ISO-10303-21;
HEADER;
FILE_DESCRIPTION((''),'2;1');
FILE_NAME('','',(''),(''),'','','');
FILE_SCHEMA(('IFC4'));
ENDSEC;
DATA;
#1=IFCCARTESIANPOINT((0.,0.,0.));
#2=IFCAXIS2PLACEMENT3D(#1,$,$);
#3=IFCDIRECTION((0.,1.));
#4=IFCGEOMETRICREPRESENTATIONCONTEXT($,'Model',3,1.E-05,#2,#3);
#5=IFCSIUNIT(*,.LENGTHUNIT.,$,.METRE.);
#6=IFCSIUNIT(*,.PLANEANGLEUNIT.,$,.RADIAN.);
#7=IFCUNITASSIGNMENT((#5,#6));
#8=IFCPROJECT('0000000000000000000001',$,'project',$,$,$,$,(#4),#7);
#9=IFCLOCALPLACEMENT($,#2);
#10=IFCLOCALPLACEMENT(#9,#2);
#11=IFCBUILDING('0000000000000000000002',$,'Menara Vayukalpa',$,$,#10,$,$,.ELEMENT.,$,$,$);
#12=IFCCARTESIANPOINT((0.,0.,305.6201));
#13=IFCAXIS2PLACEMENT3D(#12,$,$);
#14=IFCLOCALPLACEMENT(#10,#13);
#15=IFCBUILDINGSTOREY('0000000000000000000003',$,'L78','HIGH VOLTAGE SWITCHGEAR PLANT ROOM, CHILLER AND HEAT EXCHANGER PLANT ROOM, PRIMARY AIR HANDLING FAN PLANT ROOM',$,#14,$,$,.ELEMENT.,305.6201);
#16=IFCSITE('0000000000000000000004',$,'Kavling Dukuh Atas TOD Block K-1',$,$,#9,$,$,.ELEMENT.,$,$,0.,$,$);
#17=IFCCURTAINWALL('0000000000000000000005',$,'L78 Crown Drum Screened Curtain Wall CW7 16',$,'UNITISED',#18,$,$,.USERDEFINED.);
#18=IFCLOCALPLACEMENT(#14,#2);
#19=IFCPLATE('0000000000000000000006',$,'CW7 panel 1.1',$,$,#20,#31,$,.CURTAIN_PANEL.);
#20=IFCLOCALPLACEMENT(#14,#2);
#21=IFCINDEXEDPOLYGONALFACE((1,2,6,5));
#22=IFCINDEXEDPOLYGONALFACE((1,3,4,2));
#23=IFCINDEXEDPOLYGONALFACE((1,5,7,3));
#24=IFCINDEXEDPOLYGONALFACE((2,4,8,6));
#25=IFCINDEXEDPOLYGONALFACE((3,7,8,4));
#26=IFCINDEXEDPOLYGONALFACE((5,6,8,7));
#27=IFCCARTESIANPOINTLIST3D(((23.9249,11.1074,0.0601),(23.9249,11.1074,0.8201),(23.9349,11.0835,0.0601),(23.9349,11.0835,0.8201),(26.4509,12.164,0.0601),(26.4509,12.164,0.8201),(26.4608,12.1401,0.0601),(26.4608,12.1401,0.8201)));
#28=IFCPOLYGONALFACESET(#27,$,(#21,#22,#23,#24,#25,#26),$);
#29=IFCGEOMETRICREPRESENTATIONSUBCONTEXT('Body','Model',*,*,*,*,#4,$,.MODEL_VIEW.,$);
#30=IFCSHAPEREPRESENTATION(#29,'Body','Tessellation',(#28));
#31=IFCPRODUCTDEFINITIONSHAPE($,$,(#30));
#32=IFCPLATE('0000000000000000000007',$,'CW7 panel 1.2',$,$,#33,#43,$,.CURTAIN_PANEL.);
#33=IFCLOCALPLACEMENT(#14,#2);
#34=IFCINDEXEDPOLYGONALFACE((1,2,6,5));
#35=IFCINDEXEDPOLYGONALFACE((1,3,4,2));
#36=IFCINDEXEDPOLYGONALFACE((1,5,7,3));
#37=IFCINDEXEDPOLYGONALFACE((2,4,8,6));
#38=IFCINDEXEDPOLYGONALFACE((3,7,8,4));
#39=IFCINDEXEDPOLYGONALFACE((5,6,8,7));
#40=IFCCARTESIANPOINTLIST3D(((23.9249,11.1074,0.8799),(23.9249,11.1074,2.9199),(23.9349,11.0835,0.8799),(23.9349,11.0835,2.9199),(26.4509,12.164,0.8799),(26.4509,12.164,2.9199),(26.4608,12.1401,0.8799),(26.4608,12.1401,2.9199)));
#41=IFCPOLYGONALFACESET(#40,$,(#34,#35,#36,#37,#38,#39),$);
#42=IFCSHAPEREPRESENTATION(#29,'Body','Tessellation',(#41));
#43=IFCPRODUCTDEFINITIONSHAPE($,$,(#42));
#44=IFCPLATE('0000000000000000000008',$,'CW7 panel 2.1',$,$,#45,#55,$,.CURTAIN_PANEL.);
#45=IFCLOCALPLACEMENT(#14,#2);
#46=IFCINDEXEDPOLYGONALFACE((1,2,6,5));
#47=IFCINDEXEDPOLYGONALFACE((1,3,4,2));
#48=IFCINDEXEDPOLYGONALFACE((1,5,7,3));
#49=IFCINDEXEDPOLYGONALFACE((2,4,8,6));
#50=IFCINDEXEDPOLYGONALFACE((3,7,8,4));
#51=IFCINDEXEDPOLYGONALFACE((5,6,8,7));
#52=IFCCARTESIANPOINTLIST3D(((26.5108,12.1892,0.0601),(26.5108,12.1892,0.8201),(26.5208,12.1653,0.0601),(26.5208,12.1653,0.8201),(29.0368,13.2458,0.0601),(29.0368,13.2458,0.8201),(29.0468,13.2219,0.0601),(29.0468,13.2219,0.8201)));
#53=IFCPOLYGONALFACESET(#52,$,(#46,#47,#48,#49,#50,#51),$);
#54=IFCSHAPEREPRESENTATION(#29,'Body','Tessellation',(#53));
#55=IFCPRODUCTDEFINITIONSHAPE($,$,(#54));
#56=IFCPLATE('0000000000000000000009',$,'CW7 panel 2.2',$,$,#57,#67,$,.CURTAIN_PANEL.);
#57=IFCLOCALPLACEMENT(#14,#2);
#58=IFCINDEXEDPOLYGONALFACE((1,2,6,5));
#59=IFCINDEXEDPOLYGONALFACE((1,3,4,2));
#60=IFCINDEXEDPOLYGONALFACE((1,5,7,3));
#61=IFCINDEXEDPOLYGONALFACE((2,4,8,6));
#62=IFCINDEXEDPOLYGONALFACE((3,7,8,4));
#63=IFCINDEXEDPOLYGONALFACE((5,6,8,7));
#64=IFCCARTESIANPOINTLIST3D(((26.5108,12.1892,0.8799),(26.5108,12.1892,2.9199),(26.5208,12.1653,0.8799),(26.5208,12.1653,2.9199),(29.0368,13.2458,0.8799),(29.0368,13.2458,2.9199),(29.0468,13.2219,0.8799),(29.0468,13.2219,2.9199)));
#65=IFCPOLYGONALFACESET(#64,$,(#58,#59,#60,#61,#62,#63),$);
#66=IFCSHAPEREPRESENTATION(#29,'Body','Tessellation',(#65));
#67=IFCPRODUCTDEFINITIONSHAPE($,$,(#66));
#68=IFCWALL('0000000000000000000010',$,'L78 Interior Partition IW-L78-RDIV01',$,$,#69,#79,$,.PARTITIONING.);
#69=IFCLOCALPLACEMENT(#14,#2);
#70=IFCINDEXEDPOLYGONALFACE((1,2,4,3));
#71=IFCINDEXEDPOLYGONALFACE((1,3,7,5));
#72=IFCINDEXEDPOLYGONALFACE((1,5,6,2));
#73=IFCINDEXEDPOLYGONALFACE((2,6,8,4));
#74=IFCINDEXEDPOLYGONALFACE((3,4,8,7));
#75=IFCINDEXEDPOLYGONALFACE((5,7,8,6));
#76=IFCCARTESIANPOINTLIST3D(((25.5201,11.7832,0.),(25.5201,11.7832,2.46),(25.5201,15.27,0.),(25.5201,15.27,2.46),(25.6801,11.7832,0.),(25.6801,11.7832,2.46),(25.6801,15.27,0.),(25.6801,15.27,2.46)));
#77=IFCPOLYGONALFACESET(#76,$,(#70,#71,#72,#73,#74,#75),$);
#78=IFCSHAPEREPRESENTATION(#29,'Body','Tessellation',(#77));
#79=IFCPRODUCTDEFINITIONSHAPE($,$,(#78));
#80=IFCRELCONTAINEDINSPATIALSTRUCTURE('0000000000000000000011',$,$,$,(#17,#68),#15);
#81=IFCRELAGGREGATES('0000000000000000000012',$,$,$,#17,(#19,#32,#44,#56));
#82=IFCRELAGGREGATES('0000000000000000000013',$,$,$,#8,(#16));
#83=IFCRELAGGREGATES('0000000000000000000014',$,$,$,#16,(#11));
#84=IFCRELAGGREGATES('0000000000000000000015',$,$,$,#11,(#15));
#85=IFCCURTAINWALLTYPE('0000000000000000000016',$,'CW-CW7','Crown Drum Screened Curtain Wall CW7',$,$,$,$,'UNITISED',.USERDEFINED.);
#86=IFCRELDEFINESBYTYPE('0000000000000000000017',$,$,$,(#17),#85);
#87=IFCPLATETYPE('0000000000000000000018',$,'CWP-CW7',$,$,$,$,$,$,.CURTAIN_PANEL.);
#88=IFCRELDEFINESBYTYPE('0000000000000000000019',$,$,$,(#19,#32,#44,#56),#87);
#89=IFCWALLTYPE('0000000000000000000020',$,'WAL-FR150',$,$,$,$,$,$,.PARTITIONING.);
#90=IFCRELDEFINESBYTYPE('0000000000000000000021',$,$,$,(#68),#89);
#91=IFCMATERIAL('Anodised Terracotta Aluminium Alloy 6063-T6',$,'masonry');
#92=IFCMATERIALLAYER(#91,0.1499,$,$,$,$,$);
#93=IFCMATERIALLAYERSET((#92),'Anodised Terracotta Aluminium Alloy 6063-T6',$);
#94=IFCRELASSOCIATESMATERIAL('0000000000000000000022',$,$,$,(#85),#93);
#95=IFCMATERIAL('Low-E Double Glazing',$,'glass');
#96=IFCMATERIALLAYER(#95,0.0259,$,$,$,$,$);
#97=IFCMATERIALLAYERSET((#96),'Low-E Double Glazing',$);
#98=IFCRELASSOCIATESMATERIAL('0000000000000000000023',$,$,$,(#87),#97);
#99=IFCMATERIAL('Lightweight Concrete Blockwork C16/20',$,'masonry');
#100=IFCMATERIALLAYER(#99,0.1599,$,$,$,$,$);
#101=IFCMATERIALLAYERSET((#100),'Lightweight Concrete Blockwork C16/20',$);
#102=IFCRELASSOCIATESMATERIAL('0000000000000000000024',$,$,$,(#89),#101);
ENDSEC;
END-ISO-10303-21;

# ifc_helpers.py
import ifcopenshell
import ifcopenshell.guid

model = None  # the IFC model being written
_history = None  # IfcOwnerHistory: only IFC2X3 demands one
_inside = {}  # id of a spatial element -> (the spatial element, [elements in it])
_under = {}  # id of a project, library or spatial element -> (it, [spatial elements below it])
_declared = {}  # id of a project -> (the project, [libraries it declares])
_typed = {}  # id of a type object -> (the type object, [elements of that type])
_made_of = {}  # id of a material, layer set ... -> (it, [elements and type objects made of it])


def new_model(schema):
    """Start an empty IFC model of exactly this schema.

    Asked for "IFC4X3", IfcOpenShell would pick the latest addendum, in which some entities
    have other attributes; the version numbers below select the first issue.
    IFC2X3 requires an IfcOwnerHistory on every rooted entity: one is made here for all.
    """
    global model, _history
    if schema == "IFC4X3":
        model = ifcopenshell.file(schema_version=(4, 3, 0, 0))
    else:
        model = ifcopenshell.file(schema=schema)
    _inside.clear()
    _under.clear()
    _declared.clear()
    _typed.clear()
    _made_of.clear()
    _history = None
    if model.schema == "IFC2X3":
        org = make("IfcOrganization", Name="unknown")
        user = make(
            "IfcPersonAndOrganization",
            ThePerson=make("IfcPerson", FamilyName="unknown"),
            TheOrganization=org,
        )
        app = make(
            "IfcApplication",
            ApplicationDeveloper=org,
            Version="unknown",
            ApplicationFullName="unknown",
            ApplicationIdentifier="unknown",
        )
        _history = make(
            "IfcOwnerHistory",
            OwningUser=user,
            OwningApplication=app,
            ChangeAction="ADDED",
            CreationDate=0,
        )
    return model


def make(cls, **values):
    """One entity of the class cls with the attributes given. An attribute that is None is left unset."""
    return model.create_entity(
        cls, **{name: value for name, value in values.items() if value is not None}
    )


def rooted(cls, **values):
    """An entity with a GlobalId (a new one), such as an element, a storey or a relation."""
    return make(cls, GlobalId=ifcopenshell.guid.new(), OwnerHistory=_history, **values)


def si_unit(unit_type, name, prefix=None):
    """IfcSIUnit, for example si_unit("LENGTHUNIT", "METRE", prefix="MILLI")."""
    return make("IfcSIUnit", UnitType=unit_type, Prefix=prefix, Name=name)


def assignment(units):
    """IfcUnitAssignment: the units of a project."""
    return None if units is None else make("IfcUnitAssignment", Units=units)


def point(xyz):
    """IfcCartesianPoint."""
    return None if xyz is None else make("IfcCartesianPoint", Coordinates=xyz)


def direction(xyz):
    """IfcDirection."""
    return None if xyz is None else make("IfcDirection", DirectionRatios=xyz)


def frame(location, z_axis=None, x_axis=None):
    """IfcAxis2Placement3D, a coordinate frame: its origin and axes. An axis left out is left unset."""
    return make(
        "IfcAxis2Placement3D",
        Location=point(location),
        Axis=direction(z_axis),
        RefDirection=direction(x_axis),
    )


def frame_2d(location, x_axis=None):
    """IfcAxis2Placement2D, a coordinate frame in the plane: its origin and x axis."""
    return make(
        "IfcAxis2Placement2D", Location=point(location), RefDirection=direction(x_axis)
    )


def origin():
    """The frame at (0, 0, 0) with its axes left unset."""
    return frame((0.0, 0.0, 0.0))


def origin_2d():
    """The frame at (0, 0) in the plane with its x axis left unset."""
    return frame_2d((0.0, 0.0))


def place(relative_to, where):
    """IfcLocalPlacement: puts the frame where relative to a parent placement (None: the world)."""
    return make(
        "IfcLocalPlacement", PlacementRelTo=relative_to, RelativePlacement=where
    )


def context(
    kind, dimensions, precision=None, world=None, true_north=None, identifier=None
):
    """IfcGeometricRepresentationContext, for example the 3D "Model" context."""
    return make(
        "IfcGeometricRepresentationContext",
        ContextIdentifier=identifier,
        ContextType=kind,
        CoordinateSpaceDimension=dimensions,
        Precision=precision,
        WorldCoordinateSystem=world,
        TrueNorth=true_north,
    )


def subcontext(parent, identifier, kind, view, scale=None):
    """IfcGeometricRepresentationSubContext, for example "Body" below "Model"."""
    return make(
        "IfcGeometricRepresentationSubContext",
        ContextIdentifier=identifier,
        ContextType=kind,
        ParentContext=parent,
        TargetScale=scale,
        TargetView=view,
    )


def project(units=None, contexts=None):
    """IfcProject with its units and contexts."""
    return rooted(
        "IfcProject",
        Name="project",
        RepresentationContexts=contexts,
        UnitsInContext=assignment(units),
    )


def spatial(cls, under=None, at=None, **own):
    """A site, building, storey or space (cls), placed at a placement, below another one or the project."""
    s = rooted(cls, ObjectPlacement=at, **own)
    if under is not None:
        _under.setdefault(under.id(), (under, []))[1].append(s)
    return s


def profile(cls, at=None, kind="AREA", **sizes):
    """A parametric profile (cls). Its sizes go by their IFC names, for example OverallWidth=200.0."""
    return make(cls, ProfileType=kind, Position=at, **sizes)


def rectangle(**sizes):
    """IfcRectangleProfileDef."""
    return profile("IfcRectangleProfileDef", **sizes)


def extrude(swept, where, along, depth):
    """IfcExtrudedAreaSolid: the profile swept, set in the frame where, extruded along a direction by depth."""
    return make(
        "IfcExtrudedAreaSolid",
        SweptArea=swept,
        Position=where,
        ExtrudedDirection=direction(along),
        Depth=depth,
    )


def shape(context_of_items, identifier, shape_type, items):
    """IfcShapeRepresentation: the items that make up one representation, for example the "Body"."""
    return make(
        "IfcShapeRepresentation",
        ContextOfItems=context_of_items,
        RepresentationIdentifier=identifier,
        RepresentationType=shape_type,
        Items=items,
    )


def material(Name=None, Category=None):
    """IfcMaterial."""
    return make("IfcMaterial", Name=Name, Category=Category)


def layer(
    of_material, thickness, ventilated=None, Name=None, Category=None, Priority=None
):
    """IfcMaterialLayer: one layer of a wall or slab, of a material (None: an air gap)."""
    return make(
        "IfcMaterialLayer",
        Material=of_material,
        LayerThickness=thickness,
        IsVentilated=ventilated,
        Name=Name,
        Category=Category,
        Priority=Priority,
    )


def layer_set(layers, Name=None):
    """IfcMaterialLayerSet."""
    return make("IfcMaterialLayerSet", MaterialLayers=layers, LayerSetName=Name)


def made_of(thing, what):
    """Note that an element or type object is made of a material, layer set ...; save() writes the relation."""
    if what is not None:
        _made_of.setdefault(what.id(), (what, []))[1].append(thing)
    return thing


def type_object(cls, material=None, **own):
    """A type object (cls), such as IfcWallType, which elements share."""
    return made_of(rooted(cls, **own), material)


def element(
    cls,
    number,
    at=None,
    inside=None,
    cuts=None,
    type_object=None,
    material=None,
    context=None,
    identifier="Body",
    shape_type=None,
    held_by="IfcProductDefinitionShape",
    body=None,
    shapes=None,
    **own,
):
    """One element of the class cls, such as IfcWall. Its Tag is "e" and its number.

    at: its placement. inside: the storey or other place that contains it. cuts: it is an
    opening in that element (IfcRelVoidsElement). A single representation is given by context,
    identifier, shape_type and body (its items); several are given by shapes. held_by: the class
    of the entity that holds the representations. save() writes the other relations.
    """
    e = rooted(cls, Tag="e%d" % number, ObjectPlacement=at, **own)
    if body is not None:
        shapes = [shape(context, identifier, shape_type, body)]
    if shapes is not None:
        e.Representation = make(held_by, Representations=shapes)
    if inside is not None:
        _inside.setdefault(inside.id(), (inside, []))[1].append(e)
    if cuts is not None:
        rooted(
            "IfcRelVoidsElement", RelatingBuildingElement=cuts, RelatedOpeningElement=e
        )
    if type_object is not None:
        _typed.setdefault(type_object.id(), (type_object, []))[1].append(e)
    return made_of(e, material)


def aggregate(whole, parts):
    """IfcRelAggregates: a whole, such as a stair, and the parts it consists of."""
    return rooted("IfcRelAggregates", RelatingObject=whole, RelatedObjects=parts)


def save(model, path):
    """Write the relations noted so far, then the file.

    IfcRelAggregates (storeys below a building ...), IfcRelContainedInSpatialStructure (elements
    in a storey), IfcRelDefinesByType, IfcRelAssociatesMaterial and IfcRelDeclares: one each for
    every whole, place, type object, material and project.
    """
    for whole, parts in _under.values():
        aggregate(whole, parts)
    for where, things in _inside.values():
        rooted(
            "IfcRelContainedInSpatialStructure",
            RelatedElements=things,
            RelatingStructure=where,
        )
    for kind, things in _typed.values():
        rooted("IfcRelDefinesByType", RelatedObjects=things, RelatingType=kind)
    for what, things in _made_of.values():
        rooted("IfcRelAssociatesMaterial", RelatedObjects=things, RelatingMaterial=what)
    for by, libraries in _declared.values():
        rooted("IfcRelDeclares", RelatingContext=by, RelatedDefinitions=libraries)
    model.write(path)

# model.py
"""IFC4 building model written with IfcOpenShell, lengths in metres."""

from ifc_helpers import new_model, si_unit, direction, frame, frame_2d, origin, origin_2d, place, context, subcontext, project, spatial, rectangle, extrude, material, layer, layer_set, type_object, element, aggregate, save


model = new_model("IFC4")

# Units and contexts
model_context = context("Model", 3, precision=1e-05, world=origin(), true_north=direction((0.0, 1.0)))
body_context = subcontext(model_context, "Body", "Model", "MODEL_VIEW")
ifc_project = project(units=[si_unit("LENGTHUNIT", "METRE"), si_unit("PLANEANGLEUNIT", "RADIAN")], contexts=[model_context])

# Site, building, storey
site_placement = place(None, origin())
site = spatial("IfcSite", under=ifc_project, at=site_placement, Name="Kavling Dukuh Atas TOD Block K-1", CompositionType="ELEMENT", RefElevation=0.0)
building_placement = place(site_placement, origin())
building = spatial("IfcBuilding", under=site, at=building_placement, Name="Menara Vayukalpa", CompositionType="ELEMENT")
storey_placement = place(building_placement, frame((0.0, 0.0, 305.6201)))
storey = spatial("IfcBuildingStorey", under=building, at=storey_placement, Name="L78", Description="HIGH VOLTAGE SWITCHGEAR PLANT ROOM, CHILLER AND HEAT EXCHANGER PLANT ROOM, PRIMARY AIR HANDLING FAN PLANT ROOM", CompositionType="ELEMENT", Elevation=305.6201)

# Curtain wall
ifc_material_1 = material(Name="Anodised Terracotta Aluminium Alloy 6063-T6", Category="masonry")
ifc_layer_1 = layer(ifc_material_1, 0.1499)
ifc_layer_set_1 = layer_set([ifc_layer_1], Name="Anodised Terracotta Aluminium Alloy 6063-T6")
curtain_wall_type = type_object("IfcCurtainWallType", Name="CW-CW7", Description="Crown Drum Screened Curtain Wall CW7", ElementType="UNITISED", PredefinedType="USERDEFINED", material=ifc_layer_set_1)
curtain_wall_1_placement = place(storey_placement, origin())
curtain_wall_1 = element("IfcCurtainWall", 1, at=curtain_wall_1_placement, inside=storey, type_object=curtain_wall_type, Name="L78 Crown Drum Screened Curtain Wall CW7 16", ObjectType="UNITISED", PredefinedType="USERDEFINED")

# Plates
ifc_material_2 = material(Name="Low-E Double Glazing", Category="glass")
ifc_layer_2 = layer(ifc_material_2, 0.0259)
ifc_layer_set_2 = layer_set([ifc_layer_2], Name="Low-E Double Glazing")
plate_type = type_object("IfcPlateType", Name="CWP-CW7", PredefinedType="CURTAIN_PANEL", material=ifc_layer_set_2)
plate_1_placement = place(storey_placement, frame((25.1929, 11.6238, 0.0601), z_axis=(0.0, 0.0, 1.0), x_axis=(0.922541, 0.385898, 0.0)))
plate_1 = element("IfcPlate", 2, at=plate_1_placement, type_object=plate_type, Name="CW7 panel 1.1", PredefinedType="CURTAIN_PANEL", context=body_context, shape_type="SweptSolid", body=[
    extrude(rectangle(XDim=2.738, YDim=0.0259, at=origin_2d()), origin(), (0.0, 0.0, 1.0), 0.76),
])
plate_2_placement = place(storey_placement, frame((25.1929, 11.6238, 0.8799), z_axis=(0.0, 0.0, 1.0), x_axis=(0.922541, 0.385898, 0.0)))
plate_2 = element("IfcPlate", 3, at=plate_2_placement, type_object=plate_type, Name="CW7 panel 1.2", PredefinedType="CURTAIN_PANEL", context=body_context, shape_type="SweptSolid", body=[
    extrude(rectangle(XDim=2.738, YDim=0.0259, at=origin_2d()), origin(), (0.0, 0.0, 1.0), 2.04),
])
plate_3_placement = place(storey_placement, frame((27.7788, 12.7056, 0.0601), z_axis=(0.0, 0.0, 1.0), x_axis=(0.922541, 0.385898, 0.0)))
plate_3 = element("IfcPlate", 4, at=plate_3_placement, type_object=plate_type, Name="CW7 panel 2.1", PredefinedType="CURTAIN_PANEL", context=body_context, shape_type="SweptSolid", body=[
    extrude(rectangle(XDim=2.738, YDim=0.0259, at=origin_2d()), origin(), (0.0, 0.0, 1.0), 0.76),
])
plate_4_placement = place(storey_placement, frame((27.7788, 12.7056, 0.8799), z_axis=(0.0, 0.0, 1.0), x_axis=(0.922541, 0.385898, 0.0)))
plate_4 = element("IfcPlate", 5, at=plate_4_placement, type_object=plate_type, Name="CW7 panel 2.2", PredefinedType="CURTAIN_PANEL", context=body_context, shape_type="SweptSolid", body=[
    extrude(rectangle(XDim=2.738, YDim=0.0259, at=origin_2d()), origin(), (0.0, 0.0, 1.0), 2.04),
])
aggregate(curtain_wall_1, [plate_1, plate_2, plate_3, plate_4])

# Wall
ifc_material_3 = material(Name="Lightweight Concrete Blockwork C16/20", Category="masonry")
ifc_layer_3 = layer(ifc_material_3, 0.1599)
ifc_layer_set_3 = layer_set([ifc_layer_3], Name="Lightweight Concrete Blockwork C16/20")
wall_type = type_object("IfcWallType", Name="WAL-FR150", PredefinedType="PARTITIONING", material=ifc_layer_set_3)
wall_placement = place(storey_placement, frame((25.6001, 11.7832, 0.0), z_axis=(0.0, 0.0, 1.0), x_axis=(0.0, 1.0, 0.0)))
element("IfcWall", 6, at=wall_placement, inside=storey, type_object=wall_type, Name="L78 Interior Partition IW-L78-RDIV01", PredefinedType="PARTITIONING", context=body_context, shape_type="SweptSolid", body=[
    extrude(rectangle(XDim=3.4868, YDim=0.1599, at=frame_2d((1.7434, 0.0))), origin(), (0.0, 0.0, 1.0), 2.46),
])

save(model, "model.ifc")
